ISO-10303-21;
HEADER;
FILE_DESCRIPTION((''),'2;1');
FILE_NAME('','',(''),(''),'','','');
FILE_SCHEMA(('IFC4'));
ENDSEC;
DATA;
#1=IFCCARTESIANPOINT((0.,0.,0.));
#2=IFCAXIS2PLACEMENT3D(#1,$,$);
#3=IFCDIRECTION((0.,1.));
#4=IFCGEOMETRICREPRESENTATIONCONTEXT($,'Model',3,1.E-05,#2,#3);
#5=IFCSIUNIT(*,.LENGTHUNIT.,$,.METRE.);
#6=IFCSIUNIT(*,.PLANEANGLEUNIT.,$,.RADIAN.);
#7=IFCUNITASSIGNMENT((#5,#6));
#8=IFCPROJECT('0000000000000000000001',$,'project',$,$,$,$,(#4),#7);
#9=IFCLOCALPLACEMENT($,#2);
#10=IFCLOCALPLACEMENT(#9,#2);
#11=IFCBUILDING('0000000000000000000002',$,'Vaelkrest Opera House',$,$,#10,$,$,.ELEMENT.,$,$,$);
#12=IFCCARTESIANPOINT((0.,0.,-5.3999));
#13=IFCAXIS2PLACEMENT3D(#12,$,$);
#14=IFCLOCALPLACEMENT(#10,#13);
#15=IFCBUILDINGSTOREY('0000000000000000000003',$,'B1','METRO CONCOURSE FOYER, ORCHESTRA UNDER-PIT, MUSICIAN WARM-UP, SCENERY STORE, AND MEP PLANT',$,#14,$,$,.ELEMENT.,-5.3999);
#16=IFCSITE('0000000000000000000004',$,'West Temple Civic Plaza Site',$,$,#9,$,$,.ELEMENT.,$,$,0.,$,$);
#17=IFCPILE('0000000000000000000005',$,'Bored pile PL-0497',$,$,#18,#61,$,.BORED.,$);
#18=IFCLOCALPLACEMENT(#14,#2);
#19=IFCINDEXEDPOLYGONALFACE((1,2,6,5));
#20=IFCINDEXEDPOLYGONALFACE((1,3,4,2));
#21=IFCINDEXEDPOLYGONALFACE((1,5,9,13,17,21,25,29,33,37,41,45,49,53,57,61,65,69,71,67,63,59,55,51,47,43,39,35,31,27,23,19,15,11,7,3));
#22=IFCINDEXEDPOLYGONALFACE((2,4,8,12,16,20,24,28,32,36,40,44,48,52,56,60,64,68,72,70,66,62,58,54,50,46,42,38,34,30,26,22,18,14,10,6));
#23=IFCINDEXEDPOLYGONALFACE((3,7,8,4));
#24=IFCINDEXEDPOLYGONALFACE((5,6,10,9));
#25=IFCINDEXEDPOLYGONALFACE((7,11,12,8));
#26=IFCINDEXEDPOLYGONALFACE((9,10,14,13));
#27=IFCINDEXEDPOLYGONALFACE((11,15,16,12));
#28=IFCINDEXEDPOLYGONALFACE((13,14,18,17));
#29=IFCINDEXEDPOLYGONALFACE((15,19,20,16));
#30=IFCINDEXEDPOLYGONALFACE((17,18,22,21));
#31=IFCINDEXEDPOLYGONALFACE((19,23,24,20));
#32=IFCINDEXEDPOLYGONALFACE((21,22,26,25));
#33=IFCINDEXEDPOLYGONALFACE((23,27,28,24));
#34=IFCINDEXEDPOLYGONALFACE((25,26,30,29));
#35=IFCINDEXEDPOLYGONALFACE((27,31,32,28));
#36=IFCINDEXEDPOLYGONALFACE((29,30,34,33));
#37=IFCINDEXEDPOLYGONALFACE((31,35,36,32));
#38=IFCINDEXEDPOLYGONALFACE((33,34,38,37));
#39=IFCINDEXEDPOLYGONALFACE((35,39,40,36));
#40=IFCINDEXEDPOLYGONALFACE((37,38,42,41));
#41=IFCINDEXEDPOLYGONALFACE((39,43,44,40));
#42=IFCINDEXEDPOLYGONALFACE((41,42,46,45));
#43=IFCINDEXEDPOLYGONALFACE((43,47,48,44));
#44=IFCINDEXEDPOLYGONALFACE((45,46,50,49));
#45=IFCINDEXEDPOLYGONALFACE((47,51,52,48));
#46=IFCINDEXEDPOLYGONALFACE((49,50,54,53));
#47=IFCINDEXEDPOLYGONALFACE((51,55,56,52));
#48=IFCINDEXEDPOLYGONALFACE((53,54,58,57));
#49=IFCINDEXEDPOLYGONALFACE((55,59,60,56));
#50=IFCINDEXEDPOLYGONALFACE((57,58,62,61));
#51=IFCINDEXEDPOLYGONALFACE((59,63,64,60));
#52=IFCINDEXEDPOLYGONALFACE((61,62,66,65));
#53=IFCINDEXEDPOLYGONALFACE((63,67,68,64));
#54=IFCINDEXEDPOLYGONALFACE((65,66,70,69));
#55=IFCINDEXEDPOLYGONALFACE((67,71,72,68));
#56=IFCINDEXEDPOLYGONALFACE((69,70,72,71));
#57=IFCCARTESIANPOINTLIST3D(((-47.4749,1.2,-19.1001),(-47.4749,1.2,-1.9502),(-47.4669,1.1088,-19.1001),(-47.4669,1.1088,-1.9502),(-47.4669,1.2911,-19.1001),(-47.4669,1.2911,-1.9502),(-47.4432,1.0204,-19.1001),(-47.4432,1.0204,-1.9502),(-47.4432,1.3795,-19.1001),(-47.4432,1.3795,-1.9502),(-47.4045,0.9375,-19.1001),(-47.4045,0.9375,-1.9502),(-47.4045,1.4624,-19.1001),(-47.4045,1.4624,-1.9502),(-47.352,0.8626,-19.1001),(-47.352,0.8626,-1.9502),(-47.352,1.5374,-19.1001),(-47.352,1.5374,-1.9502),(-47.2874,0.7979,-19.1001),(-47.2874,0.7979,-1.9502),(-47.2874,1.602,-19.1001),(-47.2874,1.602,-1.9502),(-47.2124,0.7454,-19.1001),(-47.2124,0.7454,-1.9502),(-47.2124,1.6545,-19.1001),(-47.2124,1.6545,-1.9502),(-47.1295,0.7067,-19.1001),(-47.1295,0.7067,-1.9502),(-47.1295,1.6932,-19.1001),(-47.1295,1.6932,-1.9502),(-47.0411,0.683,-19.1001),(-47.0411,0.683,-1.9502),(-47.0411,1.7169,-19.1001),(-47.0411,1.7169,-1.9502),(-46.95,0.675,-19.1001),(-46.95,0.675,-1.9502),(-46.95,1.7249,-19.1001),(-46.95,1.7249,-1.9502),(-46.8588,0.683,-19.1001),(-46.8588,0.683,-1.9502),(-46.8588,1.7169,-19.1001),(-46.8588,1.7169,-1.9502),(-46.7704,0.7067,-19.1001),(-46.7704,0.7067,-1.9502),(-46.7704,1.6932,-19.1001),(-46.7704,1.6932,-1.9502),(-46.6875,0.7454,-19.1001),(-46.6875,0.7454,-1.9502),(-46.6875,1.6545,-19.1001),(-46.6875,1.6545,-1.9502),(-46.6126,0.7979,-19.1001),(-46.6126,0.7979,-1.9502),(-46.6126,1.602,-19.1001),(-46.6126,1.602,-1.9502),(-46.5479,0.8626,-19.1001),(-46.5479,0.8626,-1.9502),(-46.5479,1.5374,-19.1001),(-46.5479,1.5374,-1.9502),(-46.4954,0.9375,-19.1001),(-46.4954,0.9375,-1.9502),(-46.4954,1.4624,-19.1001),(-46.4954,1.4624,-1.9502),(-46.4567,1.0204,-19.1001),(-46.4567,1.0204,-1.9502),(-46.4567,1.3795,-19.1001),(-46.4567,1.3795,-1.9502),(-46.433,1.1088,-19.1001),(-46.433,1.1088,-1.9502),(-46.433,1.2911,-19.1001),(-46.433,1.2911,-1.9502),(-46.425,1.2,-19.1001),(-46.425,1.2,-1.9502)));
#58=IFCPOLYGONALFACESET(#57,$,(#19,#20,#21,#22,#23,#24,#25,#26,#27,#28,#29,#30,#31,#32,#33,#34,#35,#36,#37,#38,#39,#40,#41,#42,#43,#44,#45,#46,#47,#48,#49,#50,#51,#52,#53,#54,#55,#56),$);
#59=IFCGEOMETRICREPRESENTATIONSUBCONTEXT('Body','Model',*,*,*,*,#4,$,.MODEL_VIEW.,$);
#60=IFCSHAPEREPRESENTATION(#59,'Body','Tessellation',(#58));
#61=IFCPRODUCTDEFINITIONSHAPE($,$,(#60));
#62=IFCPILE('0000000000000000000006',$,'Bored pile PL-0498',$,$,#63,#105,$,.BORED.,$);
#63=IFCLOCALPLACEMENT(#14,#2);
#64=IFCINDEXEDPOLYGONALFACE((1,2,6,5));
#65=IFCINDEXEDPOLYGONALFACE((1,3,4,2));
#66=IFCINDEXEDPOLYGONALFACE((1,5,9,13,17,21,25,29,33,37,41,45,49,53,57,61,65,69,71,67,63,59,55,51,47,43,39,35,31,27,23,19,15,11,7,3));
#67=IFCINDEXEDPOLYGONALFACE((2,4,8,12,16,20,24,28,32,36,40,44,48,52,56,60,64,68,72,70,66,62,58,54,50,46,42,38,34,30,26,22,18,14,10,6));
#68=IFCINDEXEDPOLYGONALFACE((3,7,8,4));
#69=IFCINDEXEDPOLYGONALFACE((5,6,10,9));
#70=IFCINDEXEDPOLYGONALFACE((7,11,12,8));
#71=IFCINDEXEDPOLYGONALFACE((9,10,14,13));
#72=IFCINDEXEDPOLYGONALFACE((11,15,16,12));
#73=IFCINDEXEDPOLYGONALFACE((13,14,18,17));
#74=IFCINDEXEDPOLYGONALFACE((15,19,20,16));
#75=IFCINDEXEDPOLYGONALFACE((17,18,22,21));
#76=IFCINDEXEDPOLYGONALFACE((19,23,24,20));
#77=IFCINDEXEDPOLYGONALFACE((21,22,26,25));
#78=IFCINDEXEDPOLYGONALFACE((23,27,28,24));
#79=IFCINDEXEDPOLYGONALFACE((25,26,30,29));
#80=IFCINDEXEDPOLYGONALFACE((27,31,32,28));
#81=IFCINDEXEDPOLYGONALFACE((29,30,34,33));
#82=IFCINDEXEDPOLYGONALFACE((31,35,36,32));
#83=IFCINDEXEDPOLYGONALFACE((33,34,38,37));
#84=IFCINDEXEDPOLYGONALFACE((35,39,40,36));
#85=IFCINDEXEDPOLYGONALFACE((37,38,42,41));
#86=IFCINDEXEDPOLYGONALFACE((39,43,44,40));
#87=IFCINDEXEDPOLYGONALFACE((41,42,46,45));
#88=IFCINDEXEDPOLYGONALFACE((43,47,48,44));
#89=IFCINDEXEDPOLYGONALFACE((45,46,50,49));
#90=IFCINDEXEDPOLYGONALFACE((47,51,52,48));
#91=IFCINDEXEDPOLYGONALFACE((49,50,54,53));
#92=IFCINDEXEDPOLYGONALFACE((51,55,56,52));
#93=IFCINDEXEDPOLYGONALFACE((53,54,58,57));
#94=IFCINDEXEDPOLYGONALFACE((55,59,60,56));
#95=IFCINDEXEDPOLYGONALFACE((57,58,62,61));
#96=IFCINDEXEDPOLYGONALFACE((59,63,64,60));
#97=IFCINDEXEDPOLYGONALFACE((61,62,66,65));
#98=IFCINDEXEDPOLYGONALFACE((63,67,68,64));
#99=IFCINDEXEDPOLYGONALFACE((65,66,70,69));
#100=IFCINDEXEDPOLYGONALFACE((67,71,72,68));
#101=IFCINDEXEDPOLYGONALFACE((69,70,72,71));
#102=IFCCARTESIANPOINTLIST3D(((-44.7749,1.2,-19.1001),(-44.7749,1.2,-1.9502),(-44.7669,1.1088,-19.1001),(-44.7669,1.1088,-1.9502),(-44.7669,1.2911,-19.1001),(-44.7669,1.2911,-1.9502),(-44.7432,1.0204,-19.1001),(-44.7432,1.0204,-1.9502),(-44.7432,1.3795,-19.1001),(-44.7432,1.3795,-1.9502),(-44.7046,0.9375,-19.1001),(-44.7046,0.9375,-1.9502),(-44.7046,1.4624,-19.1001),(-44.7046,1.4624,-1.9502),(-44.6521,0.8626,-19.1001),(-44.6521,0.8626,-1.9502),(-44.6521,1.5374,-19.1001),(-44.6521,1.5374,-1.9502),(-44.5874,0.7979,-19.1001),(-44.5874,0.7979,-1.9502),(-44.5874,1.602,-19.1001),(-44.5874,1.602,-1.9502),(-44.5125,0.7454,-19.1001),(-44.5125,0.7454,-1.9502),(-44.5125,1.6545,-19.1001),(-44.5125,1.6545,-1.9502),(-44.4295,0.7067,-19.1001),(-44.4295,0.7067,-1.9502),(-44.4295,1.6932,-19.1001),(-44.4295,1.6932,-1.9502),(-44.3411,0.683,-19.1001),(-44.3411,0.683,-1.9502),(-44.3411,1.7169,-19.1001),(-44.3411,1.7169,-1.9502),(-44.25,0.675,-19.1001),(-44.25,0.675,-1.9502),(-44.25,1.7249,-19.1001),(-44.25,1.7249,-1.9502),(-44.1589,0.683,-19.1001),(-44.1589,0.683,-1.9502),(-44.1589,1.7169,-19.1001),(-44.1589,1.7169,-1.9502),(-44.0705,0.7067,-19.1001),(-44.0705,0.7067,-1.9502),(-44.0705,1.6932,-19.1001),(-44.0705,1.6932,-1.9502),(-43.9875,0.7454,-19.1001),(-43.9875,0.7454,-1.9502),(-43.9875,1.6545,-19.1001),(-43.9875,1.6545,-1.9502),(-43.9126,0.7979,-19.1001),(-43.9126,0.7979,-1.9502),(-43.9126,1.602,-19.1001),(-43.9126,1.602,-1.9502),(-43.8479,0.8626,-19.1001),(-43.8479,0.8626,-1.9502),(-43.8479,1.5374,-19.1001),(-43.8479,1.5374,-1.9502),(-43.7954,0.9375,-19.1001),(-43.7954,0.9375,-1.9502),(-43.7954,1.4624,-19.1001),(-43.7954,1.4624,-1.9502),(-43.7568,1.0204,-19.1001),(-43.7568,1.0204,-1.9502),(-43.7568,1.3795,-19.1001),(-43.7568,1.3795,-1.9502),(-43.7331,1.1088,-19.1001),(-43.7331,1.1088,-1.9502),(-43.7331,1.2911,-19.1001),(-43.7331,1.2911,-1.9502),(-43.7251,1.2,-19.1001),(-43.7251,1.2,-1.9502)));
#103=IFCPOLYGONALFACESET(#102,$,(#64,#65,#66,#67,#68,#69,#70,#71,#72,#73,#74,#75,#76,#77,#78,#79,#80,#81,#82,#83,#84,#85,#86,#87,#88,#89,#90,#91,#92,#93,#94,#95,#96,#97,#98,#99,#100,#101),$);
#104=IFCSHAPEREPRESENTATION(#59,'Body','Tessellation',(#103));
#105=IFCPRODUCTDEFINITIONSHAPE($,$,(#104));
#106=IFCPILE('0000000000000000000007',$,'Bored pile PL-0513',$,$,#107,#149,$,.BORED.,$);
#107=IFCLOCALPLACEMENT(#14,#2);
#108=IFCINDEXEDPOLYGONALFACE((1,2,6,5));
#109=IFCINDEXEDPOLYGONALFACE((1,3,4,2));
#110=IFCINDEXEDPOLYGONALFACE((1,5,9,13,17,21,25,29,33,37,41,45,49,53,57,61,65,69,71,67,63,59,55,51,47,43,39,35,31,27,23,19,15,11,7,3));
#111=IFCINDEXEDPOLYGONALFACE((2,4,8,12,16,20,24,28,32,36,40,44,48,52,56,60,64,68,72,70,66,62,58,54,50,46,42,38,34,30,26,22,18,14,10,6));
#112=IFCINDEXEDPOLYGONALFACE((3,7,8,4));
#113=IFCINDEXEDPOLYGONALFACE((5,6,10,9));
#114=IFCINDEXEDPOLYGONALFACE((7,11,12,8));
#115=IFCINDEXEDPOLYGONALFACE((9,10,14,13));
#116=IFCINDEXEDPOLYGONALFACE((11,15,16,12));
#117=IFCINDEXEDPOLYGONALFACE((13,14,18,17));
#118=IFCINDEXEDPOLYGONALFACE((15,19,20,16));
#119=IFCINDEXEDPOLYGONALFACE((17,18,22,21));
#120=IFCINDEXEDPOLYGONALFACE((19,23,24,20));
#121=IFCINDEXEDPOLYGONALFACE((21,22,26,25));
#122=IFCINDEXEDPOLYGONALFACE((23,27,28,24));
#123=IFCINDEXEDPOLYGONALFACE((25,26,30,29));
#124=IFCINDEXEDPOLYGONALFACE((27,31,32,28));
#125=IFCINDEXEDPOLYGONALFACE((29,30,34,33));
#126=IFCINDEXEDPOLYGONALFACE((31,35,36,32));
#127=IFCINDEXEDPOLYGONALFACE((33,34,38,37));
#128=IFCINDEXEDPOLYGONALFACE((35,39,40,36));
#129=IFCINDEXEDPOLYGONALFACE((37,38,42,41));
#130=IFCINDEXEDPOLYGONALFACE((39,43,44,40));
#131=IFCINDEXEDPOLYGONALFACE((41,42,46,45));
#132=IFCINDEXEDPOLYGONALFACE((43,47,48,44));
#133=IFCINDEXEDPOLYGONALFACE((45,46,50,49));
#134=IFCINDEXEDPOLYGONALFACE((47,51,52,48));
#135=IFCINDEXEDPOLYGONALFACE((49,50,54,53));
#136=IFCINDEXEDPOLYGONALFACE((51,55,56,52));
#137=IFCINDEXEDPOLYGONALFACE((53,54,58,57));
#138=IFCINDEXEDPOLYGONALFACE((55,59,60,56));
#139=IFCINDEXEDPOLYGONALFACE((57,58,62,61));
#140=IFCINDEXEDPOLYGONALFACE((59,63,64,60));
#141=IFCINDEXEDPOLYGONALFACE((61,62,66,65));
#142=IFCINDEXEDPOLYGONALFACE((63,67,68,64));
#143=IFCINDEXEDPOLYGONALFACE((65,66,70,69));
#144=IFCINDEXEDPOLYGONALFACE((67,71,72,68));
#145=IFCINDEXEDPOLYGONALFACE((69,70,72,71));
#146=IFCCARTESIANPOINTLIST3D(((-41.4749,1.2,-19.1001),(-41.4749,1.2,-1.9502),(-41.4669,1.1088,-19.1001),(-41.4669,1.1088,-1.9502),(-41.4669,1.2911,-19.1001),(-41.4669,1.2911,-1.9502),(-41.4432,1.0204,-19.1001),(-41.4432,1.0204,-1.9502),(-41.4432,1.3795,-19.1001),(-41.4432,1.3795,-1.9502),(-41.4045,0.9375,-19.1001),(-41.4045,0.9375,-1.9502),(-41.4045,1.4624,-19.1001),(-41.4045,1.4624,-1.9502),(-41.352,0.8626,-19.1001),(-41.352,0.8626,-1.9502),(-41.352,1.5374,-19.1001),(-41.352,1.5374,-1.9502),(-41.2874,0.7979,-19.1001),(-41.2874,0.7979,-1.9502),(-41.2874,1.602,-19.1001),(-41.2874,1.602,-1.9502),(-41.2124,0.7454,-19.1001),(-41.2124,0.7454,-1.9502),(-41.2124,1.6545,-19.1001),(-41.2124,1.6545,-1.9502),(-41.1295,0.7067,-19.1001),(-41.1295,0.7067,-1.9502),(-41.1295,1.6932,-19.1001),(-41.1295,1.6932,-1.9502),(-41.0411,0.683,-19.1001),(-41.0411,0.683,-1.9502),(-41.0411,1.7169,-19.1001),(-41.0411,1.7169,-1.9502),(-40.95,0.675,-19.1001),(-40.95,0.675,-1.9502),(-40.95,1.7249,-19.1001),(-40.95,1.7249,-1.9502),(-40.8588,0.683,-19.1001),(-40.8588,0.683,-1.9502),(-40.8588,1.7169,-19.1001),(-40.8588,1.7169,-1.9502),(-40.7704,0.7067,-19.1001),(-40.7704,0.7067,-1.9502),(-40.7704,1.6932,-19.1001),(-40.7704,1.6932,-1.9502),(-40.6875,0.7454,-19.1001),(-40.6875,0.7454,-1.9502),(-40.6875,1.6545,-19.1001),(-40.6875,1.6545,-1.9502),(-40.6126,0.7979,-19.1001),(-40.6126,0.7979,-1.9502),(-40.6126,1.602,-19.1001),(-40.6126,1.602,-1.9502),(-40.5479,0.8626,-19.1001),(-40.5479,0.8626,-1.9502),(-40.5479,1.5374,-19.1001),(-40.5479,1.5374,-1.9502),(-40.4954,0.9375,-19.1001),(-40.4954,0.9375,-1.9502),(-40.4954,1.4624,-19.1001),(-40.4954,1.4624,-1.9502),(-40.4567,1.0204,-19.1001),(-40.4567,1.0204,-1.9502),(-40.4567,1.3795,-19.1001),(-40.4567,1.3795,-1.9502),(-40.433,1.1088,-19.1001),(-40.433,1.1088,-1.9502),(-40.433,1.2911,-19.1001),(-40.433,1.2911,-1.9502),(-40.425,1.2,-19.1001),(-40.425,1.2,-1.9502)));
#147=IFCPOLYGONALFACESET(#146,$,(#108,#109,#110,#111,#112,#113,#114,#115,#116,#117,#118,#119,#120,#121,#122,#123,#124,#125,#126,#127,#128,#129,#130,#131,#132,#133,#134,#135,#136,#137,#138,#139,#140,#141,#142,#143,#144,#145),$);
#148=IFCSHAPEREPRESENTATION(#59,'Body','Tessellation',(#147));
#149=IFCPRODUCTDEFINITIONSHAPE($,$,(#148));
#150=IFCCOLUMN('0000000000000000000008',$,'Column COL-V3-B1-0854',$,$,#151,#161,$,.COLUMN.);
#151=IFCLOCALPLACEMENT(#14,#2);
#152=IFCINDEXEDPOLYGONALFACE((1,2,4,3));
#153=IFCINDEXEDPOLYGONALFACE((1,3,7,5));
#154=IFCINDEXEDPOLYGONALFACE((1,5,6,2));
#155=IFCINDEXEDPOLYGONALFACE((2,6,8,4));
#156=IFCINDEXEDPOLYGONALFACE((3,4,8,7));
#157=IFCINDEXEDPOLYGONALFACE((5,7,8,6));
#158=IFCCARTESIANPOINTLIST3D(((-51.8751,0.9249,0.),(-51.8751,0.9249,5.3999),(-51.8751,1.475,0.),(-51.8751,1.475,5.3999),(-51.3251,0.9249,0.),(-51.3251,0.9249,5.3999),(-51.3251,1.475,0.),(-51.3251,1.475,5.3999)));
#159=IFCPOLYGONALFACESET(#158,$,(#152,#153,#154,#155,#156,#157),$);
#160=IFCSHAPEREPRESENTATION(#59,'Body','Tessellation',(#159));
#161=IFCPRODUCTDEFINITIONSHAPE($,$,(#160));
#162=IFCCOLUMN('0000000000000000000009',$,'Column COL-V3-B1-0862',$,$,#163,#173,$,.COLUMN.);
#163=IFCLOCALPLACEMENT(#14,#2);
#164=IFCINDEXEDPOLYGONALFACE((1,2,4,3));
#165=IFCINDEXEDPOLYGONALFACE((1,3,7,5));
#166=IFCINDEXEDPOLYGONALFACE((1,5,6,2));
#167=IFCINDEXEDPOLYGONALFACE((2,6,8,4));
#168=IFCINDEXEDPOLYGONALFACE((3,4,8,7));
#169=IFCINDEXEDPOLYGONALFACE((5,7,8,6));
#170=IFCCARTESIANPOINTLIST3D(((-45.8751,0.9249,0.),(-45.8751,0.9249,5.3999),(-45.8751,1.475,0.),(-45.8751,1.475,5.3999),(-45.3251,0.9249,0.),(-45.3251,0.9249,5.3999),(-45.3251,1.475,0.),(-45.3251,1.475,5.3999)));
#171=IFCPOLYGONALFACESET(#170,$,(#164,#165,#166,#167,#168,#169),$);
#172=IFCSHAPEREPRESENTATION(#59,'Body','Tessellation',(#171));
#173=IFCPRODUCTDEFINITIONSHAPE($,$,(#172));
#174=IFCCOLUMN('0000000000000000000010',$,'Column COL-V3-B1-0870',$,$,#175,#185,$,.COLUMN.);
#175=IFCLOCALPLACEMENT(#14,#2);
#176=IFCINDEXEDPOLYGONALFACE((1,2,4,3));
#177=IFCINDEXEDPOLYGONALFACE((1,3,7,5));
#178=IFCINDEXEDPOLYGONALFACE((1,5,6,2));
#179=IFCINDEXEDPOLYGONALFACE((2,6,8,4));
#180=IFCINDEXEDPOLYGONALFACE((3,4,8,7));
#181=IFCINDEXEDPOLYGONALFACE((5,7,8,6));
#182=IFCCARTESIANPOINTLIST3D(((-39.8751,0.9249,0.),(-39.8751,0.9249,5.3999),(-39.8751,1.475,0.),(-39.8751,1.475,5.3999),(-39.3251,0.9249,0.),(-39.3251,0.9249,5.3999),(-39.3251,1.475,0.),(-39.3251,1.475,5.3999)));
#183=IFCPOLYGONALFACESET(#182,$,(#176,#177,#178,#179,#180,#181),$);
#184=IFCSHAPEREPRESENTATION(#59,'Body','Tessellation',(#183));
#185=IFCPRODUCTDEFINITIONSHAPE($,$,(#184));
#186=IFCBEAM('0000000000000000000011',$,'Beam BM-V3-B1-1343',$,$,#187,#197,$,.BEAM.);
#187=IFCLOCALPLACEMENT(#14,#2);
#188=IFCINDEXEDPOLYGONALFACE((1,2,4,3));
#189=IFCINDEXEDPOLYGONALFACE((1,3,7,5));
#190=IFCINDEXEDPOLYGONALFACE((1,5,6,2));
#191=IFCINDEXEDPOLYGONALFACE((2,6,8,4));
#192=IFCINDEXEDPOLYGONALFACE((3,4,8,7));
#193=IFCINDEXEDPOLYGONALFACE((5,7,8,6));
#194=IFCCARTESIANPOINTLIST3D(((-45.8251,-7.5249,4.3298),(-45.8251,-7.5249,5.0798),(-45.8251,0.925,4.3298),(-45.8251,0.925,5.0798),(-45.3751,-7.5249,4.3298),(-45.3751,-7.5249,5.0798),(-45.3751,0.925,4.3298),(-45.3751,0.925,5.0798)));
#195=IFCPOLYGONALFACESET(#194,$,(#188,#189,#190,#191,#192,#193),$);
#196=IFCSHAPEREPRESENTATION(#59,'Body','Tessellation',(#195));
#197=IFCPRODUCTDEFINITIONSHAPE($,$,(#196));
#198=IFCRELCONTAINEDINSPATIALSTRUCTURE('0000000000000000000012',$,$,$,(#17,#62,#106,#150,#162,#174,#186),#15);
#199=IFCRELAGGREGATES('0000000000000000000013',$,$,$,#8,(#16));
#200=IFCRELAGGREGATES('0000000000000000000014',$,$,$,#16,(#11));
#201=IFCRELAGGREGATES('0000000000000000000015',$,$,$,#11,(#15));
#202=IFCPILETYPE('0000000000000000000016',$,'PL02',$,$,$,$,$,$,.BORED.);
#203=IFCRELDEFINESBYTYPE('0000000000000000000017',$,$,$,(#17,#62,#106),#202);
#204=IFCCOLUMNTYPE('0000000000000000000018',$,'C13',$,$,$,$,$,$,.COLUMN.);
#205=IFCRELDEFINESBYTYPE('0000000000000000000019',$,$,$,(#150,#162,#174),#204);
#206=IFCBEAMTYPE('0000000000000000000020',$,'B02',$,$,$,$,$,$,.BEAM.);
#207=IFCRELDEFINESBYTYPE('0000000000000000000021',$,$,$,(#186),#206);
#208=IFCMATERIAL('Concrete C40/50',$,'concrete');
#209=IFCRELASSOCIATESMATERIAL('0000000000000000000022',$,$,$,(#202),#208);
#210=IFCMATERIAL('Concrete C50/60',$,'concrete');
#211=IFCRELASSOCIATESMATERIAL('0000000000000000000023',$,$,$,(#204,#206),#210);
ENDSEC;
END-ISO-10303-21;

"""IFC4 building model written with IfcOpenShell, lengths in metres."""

from ifc_helpers import new_model, si_unit, direction, frame, origin, origin_2d, place, context, subcontext, project, spatial, rectangle, circle, extrude, material, material_profile, profile_set, type_object, element, save


model = new_model("IFC4")

# Units and contexts
model_context = context("Model", 3, precision=1e-05, world=origin(), true_north=direction((0.0, 1.0)))
body_context = subcontext(model_context, "Body", "Model", "MODEL_VIEW")
ifc_project = project(units=[si_unit("LENGTHUNIT", "METRE"), si_unit("PLANEANGLEUNIT", "RADIAN")], contexts=[model_context])

# Site, building, storey
site_placement = place(None, origin())
site = spatial("IfcSite", under=ifc_project, at=site_placement, Name="West Temple Civic Plaza Site", CompositionType="ELEMENT", RefElevation=0.0)
building_placement = place(site_placement, origin())
building = spatial("IfcBuilding", under=site, at=building_placement, Name="Vaelkrest Opera House", CompositionType="ELEMENT")
storey_placement = place(building_placement, frame((0.0, 0.0, -5.3999)))
storey = spatial("IfcBuildingStorey", under=building, at=storey_placement, Name="B1", Description="METRO CONCOURSE FOYER, ORCHESTRA UNDER-PIT, MUSICIAN WARM-UP, SCENERY STORE, AND MEP PLANT", CompositionType="ELEMENT", Elevation=-5.3999)

# Shared definitions
ifc_material_1 = material(Name="Concrete C40/50", Category="concrete")

# Piles
ifc_material_profile_1 = material_profile(ifc_material_1, circle(Radius=0.5249, at=origin_2d()), Name="PILE1050")
ifc_profile_set_1 = profile_set([ifc_material_profile_1], Name="Concrete C40/50")
pile_type = type_object("IfcPileType", Name="PL02", PredefinedType="BORED", material=ifc_profile_set_1)
for number, where, z_axis, x_axis, name in (
    (1, (-46.95, 1.2, -1.9502), (0.0, 0.0, -1.0), (1.0, 0.0, 0.0), "Bored pile PL-0497"),
    (2, (-44.25, 1.2, -1.9502), (0.0, 0.0, -1.0), (1.0, 0.0, 0.0), "Bored pile PL-0498"),
    (3, (-40.95, 1.2, -1.9502), (0.0, 0.0, -1.0), (1.0, 0.0, 0.0), "Bored pile PL-0513"),
):
    element("IfcPile", number, at=place(storey_placement, frame(where, z_axis=z_axis, x_axis=x_axis)), inside=storey, type_object=pile_type, Name=name, PredefinedType="BORED", context=body_context, shape_type="SweptSolid", body=[
        extrude(circle(Radius=0.5249, at=origin_2d()), origin(), (0.0, 0.0, 1.0), 17.1499),
    ])

# Columns
ifc_material_2 = material(Name="Concrete C50/60", Category="concrete")
ifc_material_profile_2 = material_profile(ifc_material_2, rectangle(XDim=0.55, YDim=0.55, at=origin_2d()), Name="RC550X550")
ifc_profile_set_2 = profile_set([ifc_material_profile_2], Name="Concrete C50/60")
column_type = type_object("IfcColumnType", Name="C13", PredefinedType="COLUMN", material=ifc_profile_set_2)
for number, where, z_axis, x_axis, name in (
    (4, (-51.6001, 1.2, 0.0), (0.0, 0.0, 1.0), (1.0, 0.0, 0.0), "Column COL-V3-B1-0854"),
    (5, (-45.6001, 1.2, 0.0), (0.0, 0.0, 1.0), (1.0, 0.0, 0.0), "Column COL-V3-B1-0862"),
    (6, (-39.6001, 1.2, 0.0), (0.0, 0.0, 1.0), (1.0, 0.0, 0.0), "Column COL-V3-B1-0870"),
):
    element("IfcColumn", number, at=place(storey_placement, frame(where, z_axis=z_axis, x_axis=x_axis)), inside=storey, type_object=column_type, Name=name, PredefinedType="COLUMN", context=body_context, shape_type="SweptSolid", body=[
        extrude(rectangle(XDim=0.55, YDim=0.55, at=origin_2d()), origin(), (0.0, 0.0, 1.0), 5.3999),
    ])

# Beam
ifc_material_profile_3 = material_profile(ifc_material_2, rectangle(XDim=0.45, YDim=0.75, at=origin_2d()), Name="RCB450X750")
ifc_profile_set_3 = profile_set([ifc_material_profile_3], Name="Concrete C50/60")
beam_type_1 = type_object("IfcBeamType", Name="B02", PredefinedType="BEAM", material=ifc_profile_set_3)
beam_1_placement = place(storey_placement, frame((-45.6001, -7.5249, 4.7048), z_axis=(0.0, 1.0, 0.0), x_axis=(-1.0, 0.0, 0.0)))
element("IfcBeam", 7, at=beam_1_placement, inside=storey, type_object=beam_type_1, Name="Beam BM-V3-B1-1343", PredefinedType="BEAM", context=body_context, shape_type="SweptSolid", body=[
    extrude(rectangle(XDim=0.45, YDim=0.75, at=origin_2d()), origin(), (0.0, 0.0, 1.0), 8.45),
])

save(model, "model.ifc")
